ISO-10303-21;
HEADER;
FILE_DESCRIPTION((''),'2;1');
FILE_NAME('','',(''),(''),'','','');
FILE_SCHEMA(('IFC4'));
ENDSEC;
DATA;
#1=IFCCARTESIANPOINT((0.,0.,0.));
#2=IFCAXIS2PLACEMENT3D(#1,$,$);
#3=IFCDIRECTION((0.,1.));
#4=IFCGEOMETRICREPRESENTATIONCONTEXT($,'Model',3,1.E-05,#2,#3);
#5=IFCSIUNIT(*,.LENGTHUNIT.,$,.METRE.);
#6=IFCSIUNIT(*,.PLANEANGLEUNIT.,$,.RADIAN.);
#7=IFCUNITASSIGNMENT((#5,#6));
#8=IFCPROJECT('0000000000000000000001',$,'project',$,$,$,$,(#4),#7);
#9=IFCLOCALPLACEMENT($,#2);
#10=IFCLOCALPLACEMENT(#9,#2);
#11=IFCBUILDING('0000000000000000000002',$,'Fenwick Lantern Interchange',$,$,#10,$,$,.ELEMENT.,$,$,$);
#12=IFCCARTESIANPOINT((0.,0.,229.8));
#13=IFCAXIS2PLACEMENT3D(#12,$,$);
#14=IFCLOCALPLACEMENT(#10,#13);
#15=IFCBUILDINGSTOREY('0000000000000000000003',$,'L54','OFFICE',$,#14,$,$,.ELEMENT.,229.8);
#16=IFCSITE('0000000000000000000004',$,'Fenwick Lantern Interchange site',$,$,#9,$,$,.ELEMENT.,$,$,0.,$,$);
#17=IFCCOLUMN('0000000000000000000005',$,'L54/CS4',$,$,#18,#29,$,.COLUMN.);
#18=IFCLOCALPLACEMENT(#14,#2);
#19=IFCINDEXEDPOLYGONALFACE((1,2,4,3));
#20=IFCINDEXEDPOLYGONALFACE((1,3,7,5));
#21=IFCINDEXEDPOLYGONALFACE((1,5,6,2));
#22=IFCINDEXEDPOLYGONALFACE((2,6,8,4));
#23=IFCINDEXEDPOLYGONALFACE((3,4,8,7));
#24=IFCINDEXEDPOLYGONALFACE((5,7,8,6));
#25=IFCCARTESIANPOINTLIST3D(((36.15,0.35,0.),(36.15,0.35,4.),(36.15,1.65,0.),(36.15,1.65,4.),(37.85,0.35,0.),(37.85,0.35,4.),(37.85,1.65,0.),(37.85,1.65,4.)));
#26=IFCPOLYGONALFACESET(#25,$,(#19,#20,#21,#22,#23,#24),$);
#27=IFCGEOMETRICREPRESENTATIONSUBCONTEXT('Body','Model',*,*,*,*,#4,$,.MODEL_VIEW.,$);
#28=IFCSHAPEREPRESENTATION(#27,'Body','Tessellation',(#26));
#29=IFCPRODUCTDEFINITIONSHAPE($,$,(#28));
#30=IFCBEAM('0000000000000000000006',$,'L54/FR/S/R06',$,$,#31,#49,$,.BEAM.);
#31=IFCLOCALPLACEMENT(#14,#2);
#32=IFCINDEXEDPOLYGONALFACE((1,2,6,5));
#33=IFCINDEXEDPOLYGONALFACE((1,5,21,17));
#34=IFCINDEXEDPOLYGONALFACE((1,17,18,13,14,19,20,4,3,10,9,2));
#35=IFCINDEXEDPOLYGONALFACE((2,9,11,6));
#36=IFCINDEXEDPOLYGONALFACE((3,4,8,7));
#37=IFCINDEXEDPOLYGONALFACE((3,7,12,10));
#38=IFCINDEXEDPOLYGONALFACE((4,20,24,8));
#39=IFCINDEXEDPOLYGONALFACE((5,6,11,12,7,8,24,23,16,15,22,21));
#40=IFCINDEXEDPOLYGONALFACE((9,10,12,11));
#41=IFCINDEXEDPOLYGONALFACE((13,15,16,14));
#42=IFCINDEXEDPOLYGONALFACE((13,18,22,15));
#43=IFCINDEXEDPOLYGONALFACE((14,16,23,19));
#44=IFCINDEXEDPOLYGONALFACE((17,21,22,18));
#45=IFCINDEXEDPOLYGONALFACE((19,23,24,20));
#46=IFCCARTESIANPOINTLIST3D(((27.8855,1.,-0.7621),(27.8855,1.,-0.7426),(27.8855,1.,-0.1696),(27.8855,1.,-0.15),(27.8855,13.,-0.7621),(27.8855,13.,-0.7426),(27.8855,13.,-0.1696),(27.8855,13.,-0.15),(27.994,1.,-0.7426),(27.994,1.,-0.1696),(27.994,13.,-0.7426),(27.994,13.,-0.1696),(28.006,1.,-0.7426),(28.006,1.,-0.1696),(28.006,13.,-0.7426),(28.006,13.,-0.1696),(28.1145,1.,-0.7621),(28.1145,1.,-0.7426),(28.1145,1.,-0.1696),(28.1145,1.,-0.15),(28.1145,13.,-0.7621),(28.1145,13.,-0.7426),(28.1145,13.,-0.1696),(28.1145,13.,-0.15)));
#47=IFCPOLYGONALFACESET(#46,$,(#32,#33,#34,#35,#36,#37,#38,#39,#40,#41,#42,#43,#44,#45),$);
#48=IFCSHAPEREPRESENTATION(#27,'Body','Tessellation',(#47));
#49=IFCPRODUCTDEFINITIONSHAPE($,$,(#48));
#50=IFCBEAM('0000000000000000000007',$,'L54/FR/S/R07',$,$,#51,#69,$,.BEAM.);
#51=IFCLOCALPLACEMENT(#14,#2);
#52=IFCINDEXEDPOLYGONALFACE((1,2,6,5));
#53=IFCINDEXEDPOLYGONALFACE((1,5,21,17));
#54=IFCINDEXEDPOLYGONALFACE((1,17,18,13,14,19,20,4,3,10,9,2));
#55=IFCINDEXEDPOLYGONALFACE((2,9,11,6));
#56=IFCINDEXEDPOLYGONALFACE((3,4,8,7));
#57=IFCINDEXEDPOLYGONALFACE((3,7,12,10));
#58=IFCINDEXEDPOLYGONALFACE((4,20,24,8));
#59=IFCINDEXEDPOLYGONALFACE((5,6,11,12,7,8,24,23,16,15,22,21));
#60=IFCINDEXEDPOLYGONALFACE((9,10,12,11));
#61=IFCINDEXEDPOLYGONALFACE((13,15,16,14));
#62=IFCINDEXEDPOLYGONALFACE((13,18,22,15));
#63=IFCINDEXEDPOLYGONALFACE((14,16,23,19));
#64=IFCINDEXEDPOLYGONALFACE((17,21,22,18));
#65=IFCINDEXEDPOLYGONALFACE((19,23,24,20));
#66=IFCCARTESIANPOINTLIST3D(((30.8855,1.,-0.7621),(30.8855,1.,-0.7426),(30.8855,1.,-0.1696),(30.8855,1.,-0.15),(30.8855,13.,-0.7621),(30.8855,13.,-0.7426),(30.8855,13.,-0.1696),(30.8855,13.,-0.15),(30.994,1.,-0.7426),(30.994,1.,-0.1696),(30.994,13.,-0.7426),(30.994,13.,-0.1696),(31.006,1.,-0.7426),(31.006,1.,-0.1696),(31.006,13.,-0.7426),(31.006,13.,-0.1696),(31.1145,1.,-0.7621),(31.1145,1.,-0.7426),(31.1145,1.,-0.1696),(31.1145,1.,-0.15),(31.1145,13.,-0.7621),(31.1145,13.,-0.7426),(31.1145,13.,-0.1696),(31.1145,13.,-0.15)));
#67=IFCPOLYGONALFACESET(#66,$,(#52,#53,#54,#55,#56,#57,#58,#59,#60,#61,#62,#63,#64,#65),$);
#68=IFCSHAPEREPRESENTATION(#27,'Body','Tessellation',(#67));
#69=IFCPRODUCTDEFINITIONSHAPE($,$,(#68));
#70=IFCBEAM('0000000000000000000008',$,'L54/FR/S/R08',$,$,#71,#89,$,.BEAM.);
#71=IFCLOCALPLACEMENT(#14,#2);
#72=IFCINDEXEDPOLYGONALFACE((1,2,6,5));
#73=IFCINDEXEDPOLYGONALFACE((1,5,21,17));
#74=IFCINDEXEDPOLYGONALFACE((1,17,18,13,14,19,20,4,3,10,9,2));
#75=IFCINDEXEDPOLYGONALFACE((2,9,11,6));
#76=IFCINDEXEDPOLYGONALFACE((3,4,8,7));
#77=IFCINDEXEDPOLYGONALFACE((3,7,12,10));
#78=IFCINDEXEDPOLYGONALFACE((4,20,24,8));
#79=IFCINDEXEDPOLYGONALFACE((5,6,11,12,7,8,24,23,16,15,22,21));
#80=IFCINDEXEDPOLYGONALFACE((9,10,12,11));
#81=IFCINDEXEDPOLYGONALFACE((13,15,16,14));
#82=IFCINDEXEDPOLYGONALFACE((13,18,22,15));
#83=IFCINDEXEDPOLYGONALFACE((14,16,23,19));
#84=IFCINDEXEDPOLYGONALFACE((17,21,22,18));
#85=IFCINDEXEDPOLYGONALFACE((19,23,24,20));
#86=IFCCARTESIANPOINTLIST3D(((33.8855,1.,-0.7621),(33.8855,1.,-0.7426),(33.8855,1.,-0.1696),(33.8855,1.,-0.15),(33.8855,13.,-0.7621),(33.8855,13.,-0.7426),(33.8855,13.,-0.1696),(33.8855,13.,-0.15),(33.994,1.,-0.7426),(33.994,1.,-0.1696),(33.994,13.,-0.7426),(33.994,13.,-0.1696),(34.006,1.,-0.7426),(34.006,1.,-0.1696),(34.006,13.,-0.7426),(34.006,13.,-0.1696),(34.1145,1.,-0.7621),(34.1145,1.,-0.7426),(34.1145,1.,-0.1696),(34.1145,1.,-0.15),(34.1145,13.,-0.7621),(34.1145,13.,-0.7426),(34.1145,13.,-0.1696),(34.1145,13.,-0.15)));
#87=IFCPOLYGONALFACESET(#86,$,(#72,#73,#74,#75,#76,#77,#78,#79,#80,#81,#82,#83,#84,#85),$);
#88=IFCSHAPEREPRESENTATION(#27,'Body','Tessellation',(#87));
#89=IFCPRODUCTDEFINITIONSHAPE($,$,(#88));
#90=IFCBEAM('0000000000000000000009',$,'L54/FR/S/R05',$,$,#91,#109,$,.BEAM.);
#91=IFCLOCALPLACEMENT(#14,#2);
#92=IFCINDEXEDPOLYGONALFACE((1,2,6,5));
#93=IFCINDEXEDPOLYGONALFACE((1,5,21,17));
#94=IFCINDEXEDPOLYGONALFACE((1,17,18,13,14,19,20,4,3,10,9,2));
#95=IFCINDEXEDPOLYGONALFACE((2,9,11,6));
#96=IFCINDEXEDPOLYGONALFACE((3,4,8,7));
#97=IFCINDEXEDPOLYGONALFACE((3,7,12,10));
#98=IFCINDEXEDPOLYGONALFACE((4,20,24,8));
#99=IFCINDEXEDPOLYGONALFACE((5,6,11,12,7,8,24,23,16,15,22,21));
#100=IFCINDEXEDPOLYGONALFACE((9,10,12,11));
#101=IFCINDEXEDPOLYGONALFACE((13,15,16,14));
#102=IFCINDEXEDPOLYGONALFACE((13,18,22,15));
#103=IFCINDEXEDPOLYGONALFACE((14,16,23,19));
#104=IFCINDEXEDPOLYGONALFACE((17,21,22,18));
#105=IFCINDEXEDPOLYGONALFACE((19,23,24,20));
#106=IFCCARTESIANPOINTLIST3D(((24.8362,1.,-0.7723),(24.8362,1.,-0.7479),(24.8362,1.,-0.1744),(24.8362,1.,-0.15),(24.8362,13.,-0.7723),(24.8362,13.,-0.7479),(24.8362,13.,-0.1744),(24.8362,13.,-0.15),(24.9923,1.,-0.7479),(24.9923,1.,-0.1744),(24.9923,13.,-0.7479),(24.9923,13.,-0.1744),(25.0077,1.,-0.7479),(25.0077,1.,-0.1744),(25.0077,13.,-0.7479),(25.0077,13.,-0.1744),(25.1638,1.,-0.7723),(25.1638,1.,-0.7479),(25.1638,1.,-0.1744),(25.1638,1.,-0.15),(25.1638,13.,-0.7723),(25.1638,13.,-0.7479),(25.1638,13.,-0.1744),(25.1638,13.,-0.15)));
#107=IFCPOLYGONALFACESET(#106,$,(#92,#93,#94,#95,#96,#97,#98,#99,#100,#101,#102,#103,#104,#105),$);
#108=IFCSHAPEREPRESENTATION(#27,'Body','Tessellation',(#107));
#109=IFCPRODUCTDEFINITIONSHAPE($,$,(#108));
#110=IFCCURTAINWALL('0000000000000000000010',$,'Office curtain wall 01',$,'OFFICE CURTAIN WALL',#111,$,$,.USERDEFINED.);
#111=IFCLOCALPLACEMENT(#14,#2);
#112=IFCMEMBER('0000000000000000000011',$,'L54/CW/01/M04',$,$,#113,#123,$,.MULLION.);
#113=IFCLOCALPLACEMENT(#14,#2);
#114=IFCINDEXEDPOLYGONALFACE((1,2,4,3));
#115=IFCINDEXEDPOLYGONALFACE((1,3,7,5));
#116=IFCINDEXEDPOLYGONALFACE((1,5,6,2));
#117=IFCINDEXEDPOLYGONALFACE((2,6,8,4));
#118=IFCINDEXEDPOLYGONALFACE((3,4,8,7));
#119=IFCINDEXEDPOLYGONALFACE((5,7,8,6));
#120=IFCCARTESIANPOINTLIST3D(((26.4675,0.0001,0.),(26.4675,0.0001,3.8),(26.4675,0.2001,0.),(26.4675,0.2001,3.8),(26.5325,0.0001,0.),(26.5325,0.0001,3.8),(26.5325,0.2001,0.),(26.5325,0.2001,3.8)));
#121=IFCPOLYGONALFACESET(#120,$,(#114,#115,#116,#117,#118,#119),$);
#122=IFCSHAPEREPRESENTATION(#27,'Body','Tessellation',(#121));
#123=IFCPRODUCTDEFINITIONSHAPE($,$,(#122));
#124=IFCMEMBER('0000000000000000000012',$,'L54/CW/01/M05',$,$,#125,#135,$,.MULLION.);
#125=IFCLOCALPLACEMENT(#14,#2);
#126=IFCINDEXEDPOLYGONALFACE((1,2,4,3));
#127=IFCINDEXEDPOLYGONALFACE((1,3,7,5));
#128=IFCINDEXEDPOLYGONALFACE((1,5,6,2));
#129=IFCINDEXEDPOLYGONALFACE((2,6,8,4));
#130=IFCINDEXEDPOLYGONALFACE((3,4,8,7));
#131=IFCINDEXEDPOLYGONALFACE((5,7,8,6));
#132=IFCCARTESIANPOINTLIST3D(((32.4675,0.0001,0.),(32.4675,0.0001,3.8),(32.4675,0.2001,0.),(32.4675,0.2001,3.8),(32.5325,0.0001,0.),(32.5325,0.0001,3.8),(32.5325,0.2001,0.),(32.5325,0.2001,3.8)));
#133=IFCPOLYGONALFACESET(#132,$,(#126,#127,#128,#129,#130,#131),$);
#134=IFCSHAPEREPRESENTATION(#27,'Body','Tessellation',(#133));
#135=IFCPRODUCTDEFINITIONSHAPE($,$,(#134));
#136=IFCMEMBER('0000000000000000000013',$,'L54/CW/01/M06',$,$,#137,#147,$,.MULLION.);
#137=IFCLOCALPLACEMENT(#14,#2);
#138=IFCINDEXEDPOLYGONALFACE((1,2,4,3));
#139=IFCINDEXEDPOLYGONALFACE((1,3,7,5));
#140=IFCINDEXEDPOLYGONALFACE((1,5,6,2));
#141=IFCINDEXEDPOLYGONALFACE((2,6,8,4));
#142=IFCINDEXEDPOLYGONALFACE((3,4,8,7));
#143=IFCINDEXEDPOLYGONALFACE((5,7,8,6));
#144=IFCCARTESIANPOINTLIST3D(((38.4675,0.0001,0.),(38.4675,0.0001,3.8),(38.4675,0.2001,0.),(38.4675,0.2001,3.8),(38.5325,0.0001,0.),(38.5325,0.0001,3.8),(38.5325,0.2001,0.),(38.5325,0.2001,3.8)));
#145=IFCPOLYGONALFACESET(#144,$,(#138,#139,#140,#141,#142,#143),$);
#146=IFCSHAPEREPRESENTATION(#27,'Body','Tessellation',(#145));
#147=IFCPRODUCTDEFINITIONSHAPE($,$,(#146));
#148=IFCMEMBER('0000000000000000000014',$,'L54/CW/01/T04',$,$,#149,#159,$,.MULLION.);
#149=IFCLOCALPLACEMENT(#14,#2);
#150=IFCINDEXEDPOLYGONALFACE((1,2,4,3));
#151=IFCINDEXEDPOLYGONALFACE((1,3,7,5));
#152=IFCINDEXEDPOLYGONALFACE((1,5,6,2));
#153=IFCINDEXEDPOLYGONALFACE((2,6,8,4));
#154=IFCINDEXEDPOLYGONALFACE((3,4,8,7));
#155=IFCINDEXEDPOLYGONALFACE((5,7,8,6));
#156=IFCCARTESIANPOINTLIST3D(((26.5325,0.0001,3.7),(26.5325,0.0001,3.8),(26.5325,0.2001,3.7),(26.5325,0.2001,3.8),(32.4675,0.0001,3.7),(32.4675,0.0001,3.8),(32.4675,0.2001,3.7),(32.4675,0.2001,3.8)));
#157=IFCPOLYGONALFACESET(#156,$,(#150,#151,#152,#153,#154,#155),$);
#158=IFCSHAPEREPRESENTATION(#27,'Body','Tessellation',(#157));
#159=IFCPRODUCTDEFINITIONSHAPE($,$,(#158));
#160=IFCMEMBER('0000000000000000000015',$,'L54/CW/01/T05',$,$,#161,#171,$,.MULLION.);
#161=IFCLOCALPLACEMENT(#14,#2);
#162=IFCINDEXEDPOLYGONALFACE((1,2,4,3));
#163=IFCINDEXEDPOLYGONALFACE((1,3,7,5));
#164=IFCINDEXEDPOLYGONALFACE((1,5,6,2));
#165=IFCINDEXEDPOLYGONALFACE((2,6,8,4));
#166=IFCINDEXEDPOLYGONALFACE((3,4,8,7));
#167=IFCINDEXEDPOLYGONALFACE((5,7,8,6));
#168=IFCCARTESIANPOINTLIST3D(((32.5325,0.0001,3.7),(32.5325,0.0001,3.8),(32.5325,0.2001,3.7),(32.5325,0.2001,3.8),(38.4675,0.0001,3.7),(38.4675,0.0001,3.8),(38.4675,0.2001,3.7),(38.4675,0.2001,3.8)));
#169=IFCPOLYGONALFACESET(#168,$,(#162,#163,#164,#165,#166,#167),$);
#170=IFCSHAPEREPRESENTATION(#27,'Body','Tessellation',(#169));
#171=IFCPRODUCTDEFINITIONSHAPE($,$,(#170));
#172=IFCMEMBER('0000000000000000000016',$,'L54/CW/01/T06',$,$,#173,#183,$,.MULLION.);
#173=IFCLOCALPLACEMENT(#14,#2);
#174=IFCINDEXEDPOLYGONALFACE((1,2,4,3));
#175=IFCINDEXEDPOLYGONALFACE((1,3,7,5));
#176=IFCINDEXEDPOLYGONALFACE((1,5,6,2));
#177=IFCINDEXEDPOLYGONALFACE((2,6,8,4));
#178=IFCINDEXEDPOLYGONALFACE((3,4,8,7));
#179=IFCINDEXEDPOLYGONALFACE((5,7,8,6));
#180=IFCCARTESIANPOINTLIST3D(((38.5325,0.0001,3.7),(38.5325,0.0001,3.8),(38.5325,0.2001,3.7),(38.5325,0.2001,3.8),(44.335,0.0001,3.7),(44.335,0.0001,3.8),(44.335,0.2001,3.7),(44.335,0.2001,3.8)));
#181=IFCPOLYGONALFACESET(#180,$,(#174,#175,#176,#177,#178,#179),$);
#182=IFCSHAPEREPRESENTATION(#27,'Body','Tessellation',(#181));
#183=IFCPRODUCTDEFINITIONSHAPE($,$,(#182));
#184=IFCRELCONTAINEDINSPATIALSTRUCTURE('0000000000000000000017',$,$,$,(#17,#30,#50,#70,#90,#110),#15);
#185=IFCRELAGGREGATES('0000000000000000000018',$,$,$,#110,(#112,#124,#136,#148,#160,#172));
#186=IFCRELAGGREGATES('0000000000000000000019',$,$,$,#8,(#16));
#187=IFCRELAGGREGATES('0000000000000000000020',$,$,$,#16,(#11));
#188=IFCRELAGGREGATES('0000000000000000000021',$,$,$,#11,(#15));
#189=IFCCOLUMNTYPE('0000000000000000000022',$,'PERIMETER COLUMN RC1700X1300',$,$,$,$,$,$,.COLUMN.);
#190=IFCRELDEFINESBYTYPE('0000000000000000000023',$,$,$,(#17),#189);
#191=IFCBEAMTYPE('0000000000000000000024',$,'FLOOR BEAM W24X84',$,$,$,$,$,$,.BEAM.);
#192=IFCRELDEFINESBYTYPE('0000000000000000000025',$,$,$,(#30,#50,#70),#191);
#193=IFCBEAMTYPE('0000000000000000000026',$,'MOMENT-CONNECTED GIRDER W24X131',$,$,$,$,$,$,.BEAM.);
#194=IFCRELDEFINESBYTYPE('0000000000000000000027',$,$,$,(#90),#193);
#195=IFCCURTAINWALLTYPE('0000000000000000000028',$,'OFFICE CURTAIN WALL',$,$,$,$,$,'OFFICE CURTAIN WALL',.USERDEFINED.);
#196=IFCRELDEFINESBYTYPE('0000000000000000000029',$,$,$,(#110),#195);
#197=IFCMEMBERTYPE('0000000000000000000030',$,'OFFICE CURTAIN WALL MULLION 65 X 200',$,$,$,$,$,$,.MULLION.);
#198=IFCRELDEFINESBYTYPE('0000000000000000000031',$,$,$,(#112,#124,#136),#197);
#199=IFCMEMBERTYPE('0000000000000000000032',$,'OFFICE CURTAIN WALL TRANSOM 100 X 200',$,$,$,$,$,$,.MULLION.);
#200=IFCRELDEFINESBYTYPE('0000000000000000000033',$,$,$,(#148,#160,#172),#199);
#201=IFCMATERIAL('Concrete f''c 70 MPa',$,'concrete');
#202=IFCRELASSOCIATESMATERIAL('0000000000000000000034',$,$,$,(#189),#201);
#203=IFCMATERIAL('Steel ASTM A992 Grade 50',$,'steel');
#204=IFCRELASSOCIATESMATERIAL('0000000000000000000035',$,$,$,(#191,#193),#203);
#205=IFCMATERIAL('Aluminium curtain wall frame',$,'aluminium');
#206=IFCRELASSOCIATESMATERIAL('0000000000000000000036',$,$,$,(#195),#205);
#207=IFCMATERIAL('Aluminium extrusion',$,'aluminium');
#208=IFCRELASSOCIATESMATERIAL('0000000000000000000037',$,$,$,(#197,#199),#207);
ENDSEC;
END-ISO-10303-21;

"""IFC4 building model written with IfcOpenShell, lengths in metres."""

from ifc_helpers import new_model, si_unit, direction, frame, origin, origin_2d, place, context, subcontext, project, spatial, rectangle, i_section, extrude, material, material_profile, profile_set, type_object, element, aggregate, save


model = new_model("IFC4")

# Units and contexts
model_context = context("Model", 3, precision=1e-05, world=origin(), true_north=direction((0.0, 1.0)))
body_context = subcontext(model_context, "Body", "Model", "MODEL_VIEW")
ifc_project = project(units=[si_unit("LENGTHUNIT", "METRE"), si_unit("PLANEANGLEUNIT", "RADIAN")], contexts=[model_context])

# Site, building, storey
site_placement = place(None, origin())
site = spatial("IfcSite", under=ifc_project, at=site_placement, Name="Fenwick Lantern Interchange site", CompositionType="ELEMENT", RefElevation=0.0)
building_placement = place(site_placement, origin())
building = spatial("IfcBuilding", under=site, at=building_placement, Name="Fenwick Lantern Interchange", CompositionType="ELEMENT")
storey_placement = place(building_placement, frame((0.0, 0.0, 229.8)))
storey = spatial("IfcBuildingStorey", under=building, at=storey_placement, Name="L54", Description="OFFICE", CompositionType="ELEMENT", Elevation=229.8)

# Column
ifc_material_1 = material(Name="Concrete f'c 70 MPa", Category="concrete")
ifc_material_profile_1 = material_profile(ifc_material_1, rectangle(XDim=1.7, YDim=1.3, at=origin_2d()), Name="RC1700X1300")
ifc_profile_set_1 = profile_set([ifc_material_profile_1], Name="Concrete f'c 70 MPa")
column_type = type_object("IfcColumnType", Name="PERIMETER COLUMN RC1700X1300", PredefinedType="COLUMN", material=ifc_profile_set_1)
column_placement = place(storey_placement, frame((37.0, 1.0, 0.0), z_axis=(0.0, 0.0, 1.0), x_axis=(1.0, 0.0, 0.0)))
element("IfcColumn", 1, at=column_placement, inside=storey, type_object=column_type, Name="L54/CS4", PredefinedType="COLUMN", context=body_context, shape_type="SweptSolid", body=[
    extrude(rectangle(XDim=1.7, YDim=1.3, at=origin_2d()), origin(), (0.0, 0.0, 1.0), 4.0),
])

# Beams
ifc_material_2 = material(Name="Steel ASTM A992 Grade 50", Category="steel")
ifc_material_profile_2 = material_profile(ifc_material_2, i_section(OverallWidth=0.229, OverallDepth=0.6121, WebThickness=0.012, FlangeThickness=0.0195, at=origin_2d()), Name="W24X84")
ifc_profile_set_2 = profile_set([ifc_material_profile_2], Name="Steel ASTM A992 Grade 50")
beam_type_1 = type_object("IfcBeamType", Name="FLOOR BEAM W24X84", PredefinedType="BEAM", material=ifc_profile_set_2)
for number, where, z_axis, x_axis, name in (
    (2, (28.0, 1.0, -0.4561), (0.0, 1.0, 0.0), (-1.0, 0.0, 0.0), "L54/FR/S/R06"),
    (3, (31.0, 1.0, -0.4561), (0.0, 1.0, 0.0), (-1.0, 0.0, 0.0), "L54/FR/S/R07"),
    (4, (34.0, 1.0, -0.4561), (0.0, 1.0, 0.0), (-1.0, 0.0, 0.0), "L54/FR/S/R08"),
):
    element("IfcBeam", number, at=place(storey_placement, frame(where, z_axis=z_axis, x_axis=x_axis)), inside=storey, type_object=beam_type_1, Name=name, PredefinedType="BEAM", context=body_context, shape_type="SweptSolid", body=[
        extrude(i_section(OverallWidth=0.229, OverallDepth=0.6121, WebThickness=0.012, FlangeThickness=0.0195, at=origin_2d()), origin(), (0.0, 0.0, 1.0), 12.0),
    ])
ifc_material_profile_3 = material_profile(ifc_material_2, i_section(OverallWidth=0.3276, OverallDepth=0.6223, WebThickness=0.0154, FlangeThickness=0.0244, at=origin_2d()), Name="W24X131")
ifc_profile_set_3 = profile_set([ifc_material_profile_3], Name="Steel ASTM A992 Grade 50")
beam_type_2 = type_object("IfcBeamType", Name="MOMENT-CONNECTED GIRDER W24X131", PredefinedType="BEAM", material=ifc_profile_set_3)
beam_placement = place(storey_placement, frame((25.0, 1.0, -0.4612), z_axis=(0.0, 1.0, 0.0), x_axis=(-1.0, 0.0, 0.0)))
element("IfcBeam", 5, at=beam_placement, inside=storey, type_object=beam_type_2, Name="L54/FR/S/R05", PredefinedType="BEAM", context=body_context, shape_type="SweptSolid", body=[
    extrude(i_section(OverallWidth=0.3276, OverallDepth=0.6223, WebThickness=0.0154, FlangeThickness=0.0244, at=origin_2d()), origin(), (0.0, 0.0, 1.0), 12.0),
])

# Curtain wall, members
ifc_material_3 = material(Name="Aluminium curtain wall frame", Category="aluminium")
curtain_wall_type = type_object("IfcCurtainWallType", Name="OFFICE CURTAIN WALL", ElementType="OFFICE CURTAIN WALL", PredefinedType="USERDEFINED", material=ifc_material_3)
curtain_wall_placement = place(storey_placement, origin())
curtain_wall = element("IfcCurtainWall", 6, at=curtain_wall_placement, inside=storey, type_object=curtain_wall_type, Name="Office curtain wall 01", ObjectType="OFFICE CURTAIN WALL", PredefinedType="USERDEFINED")
ifc_material_4 = material(Name="Aluminium extrusion", Category="aluminium")
ifc_material_profile_4 = material_profile(ifc_material_4, rectangle(XDim=0.2, YDim=0.0649, at=origin_2d()), Name="OFFICE CURTAIN WALL MULLION 65 X 200")
ifc_profile_set_4 = profile_set([ifc_material_profile_4], Name="Aluminium extrusion")
member_type_1 = type_object("IfcMemberType", Name="OFFICE CURTAIN WALL MULLION 65 X 200", PredefinedType="MULLION", material=ifc_profile_set_4)
member_1_placement = place(storey_placement, frame((26.5, 0.1001, 0.0), z_axis=(0.0, 0.0, 1.0), x_axis=(0.0, 1.0, 0.0)))
member_1 = element("IfcMember", 7, at=member_1_placement, type_object=member_type_1, Name="L54/CW/01/M04", PredefinedType="MULLION", context=body_context, shape_type="SweptSolid", body=[
    extrude(rectangle(XDim=0.2, YDim=0.0649, at=origin_2d()), origin(), (0.0, 0.0, 1.0), 3.8),
])
member_2_placement = place(storey_placement, frame((32.5, 0.1001, 0.0), z_axis=(0.0, 0.0, 1.0), x_axis=(0.0, 1.0, 0.0)))
member_2 = element("IfcMember", 8, at=member_2_placement, type_object=member_type_1, Name="L54/CW/01/M05", PredefinedType="MULLION", context=body_context, shape_type="SweptSolid", body=[
    extrude(rectangle(XDim=0.2, YDim=0.0649, at=origin_2d()), origin(), (0.0, 0.0, 1.0), 3.8),
])
member_3_placement = place(storey_placement, frame((38.5, 0.1001, 0.0), z_axis=(0.0, 0.0, 1.0), x_axis=(0.0, 1.0, 0.0)))
member_3 = element("IfcMember", 9, at=member_3_placement, type_object=member_type_1, Name="L54/CW/01/M06", PredefinedType="MULLION", context=body_context, shape_type="SweptSolid", body=[
    extrude(rectangle(XDim=0.2, YDim=0.0649, at=origin_2d()), origin(), (0.0, 0.0, 1.0), 3.8),
])
ifc_material_profile_5 = material_profile(ifc_material_4, rectangle(XDim=0.2, YDim=0.1001, at=origin_2d()), Name="OFFICE CURTAIN WALL TRANSOM 100 X 200")
ifc_profile_set_5 = profile_set([ifc_material_profile_5], Name="Aluminium extrusion")
member_type_2 = type_object("IfcMemberType", Name="OFFICE CURTAIN WALL TRANSOM 100 X 200", PredefinedType="MULLION", material=ifc_profile_set_5)
member_4_placement = place(storey_placement, frame((26.5325, 0.1001, 3.75), z_axis=(1.0, 0.0, 0.0), x_axis=(0.0, 1.0, 0.0)))
member_4 = element("IfcMember", 10, at=member_4_placement, type_object=member_type_2, Name="L54/CW/01/T04", PredefinedType="MULLION", context=body_context, shape_type="SweptSolid", body=[
    extrude(rectangle(XDim=0.2, YDim=0.1001, at=origin_2d()), origin(), (0.0, 0.0, 1.0), 5.9351),
])
member_5_placement = place(storey_placement, frame((32.5325, 0.1001, 3.75), z_axis=(1.0, 0.0, 0.0), x_axis=(0.0, 1.0, 0.0)))
member_5 = element("IfcMember", 11, at=member_5_placement, type_object=member_type_2, Name="L54/CW/01/T05", PredefinedType="MULLION", context=body_context, shape_type="SweptSolid", body=[
    extrude(rectangle(XDim=0.2, YDim=0.1001, at=origin_2d()), origin(), (0.0, 0.0, 1.0), 5.9351),
])
member_6_placement = place(storey_placement, frame((38.5325, 0.1001, 3.75), z_axis=(1.0, 0.0, 0.0), x_axis=(0.0, 1.0, 0.0)))
member_6 = element("IfcMember", 12, at=member_6_placement, type_object=member_type_2, Name="L54/CW/01/T06", PredefinedType="MULLION", context=body_context, shape_type="SweptSolid", body=[
    extrude(rectangle(XDim=0.2, YDim=0.1001, at=origin_2d()), origin(), (0.0, 0.0, 1.0), 5.8025),
])
aggregate(curtain_wall, [member_1, member_2, member_3, member_4, member_5, member_6])

save(model, "model.ifc")
